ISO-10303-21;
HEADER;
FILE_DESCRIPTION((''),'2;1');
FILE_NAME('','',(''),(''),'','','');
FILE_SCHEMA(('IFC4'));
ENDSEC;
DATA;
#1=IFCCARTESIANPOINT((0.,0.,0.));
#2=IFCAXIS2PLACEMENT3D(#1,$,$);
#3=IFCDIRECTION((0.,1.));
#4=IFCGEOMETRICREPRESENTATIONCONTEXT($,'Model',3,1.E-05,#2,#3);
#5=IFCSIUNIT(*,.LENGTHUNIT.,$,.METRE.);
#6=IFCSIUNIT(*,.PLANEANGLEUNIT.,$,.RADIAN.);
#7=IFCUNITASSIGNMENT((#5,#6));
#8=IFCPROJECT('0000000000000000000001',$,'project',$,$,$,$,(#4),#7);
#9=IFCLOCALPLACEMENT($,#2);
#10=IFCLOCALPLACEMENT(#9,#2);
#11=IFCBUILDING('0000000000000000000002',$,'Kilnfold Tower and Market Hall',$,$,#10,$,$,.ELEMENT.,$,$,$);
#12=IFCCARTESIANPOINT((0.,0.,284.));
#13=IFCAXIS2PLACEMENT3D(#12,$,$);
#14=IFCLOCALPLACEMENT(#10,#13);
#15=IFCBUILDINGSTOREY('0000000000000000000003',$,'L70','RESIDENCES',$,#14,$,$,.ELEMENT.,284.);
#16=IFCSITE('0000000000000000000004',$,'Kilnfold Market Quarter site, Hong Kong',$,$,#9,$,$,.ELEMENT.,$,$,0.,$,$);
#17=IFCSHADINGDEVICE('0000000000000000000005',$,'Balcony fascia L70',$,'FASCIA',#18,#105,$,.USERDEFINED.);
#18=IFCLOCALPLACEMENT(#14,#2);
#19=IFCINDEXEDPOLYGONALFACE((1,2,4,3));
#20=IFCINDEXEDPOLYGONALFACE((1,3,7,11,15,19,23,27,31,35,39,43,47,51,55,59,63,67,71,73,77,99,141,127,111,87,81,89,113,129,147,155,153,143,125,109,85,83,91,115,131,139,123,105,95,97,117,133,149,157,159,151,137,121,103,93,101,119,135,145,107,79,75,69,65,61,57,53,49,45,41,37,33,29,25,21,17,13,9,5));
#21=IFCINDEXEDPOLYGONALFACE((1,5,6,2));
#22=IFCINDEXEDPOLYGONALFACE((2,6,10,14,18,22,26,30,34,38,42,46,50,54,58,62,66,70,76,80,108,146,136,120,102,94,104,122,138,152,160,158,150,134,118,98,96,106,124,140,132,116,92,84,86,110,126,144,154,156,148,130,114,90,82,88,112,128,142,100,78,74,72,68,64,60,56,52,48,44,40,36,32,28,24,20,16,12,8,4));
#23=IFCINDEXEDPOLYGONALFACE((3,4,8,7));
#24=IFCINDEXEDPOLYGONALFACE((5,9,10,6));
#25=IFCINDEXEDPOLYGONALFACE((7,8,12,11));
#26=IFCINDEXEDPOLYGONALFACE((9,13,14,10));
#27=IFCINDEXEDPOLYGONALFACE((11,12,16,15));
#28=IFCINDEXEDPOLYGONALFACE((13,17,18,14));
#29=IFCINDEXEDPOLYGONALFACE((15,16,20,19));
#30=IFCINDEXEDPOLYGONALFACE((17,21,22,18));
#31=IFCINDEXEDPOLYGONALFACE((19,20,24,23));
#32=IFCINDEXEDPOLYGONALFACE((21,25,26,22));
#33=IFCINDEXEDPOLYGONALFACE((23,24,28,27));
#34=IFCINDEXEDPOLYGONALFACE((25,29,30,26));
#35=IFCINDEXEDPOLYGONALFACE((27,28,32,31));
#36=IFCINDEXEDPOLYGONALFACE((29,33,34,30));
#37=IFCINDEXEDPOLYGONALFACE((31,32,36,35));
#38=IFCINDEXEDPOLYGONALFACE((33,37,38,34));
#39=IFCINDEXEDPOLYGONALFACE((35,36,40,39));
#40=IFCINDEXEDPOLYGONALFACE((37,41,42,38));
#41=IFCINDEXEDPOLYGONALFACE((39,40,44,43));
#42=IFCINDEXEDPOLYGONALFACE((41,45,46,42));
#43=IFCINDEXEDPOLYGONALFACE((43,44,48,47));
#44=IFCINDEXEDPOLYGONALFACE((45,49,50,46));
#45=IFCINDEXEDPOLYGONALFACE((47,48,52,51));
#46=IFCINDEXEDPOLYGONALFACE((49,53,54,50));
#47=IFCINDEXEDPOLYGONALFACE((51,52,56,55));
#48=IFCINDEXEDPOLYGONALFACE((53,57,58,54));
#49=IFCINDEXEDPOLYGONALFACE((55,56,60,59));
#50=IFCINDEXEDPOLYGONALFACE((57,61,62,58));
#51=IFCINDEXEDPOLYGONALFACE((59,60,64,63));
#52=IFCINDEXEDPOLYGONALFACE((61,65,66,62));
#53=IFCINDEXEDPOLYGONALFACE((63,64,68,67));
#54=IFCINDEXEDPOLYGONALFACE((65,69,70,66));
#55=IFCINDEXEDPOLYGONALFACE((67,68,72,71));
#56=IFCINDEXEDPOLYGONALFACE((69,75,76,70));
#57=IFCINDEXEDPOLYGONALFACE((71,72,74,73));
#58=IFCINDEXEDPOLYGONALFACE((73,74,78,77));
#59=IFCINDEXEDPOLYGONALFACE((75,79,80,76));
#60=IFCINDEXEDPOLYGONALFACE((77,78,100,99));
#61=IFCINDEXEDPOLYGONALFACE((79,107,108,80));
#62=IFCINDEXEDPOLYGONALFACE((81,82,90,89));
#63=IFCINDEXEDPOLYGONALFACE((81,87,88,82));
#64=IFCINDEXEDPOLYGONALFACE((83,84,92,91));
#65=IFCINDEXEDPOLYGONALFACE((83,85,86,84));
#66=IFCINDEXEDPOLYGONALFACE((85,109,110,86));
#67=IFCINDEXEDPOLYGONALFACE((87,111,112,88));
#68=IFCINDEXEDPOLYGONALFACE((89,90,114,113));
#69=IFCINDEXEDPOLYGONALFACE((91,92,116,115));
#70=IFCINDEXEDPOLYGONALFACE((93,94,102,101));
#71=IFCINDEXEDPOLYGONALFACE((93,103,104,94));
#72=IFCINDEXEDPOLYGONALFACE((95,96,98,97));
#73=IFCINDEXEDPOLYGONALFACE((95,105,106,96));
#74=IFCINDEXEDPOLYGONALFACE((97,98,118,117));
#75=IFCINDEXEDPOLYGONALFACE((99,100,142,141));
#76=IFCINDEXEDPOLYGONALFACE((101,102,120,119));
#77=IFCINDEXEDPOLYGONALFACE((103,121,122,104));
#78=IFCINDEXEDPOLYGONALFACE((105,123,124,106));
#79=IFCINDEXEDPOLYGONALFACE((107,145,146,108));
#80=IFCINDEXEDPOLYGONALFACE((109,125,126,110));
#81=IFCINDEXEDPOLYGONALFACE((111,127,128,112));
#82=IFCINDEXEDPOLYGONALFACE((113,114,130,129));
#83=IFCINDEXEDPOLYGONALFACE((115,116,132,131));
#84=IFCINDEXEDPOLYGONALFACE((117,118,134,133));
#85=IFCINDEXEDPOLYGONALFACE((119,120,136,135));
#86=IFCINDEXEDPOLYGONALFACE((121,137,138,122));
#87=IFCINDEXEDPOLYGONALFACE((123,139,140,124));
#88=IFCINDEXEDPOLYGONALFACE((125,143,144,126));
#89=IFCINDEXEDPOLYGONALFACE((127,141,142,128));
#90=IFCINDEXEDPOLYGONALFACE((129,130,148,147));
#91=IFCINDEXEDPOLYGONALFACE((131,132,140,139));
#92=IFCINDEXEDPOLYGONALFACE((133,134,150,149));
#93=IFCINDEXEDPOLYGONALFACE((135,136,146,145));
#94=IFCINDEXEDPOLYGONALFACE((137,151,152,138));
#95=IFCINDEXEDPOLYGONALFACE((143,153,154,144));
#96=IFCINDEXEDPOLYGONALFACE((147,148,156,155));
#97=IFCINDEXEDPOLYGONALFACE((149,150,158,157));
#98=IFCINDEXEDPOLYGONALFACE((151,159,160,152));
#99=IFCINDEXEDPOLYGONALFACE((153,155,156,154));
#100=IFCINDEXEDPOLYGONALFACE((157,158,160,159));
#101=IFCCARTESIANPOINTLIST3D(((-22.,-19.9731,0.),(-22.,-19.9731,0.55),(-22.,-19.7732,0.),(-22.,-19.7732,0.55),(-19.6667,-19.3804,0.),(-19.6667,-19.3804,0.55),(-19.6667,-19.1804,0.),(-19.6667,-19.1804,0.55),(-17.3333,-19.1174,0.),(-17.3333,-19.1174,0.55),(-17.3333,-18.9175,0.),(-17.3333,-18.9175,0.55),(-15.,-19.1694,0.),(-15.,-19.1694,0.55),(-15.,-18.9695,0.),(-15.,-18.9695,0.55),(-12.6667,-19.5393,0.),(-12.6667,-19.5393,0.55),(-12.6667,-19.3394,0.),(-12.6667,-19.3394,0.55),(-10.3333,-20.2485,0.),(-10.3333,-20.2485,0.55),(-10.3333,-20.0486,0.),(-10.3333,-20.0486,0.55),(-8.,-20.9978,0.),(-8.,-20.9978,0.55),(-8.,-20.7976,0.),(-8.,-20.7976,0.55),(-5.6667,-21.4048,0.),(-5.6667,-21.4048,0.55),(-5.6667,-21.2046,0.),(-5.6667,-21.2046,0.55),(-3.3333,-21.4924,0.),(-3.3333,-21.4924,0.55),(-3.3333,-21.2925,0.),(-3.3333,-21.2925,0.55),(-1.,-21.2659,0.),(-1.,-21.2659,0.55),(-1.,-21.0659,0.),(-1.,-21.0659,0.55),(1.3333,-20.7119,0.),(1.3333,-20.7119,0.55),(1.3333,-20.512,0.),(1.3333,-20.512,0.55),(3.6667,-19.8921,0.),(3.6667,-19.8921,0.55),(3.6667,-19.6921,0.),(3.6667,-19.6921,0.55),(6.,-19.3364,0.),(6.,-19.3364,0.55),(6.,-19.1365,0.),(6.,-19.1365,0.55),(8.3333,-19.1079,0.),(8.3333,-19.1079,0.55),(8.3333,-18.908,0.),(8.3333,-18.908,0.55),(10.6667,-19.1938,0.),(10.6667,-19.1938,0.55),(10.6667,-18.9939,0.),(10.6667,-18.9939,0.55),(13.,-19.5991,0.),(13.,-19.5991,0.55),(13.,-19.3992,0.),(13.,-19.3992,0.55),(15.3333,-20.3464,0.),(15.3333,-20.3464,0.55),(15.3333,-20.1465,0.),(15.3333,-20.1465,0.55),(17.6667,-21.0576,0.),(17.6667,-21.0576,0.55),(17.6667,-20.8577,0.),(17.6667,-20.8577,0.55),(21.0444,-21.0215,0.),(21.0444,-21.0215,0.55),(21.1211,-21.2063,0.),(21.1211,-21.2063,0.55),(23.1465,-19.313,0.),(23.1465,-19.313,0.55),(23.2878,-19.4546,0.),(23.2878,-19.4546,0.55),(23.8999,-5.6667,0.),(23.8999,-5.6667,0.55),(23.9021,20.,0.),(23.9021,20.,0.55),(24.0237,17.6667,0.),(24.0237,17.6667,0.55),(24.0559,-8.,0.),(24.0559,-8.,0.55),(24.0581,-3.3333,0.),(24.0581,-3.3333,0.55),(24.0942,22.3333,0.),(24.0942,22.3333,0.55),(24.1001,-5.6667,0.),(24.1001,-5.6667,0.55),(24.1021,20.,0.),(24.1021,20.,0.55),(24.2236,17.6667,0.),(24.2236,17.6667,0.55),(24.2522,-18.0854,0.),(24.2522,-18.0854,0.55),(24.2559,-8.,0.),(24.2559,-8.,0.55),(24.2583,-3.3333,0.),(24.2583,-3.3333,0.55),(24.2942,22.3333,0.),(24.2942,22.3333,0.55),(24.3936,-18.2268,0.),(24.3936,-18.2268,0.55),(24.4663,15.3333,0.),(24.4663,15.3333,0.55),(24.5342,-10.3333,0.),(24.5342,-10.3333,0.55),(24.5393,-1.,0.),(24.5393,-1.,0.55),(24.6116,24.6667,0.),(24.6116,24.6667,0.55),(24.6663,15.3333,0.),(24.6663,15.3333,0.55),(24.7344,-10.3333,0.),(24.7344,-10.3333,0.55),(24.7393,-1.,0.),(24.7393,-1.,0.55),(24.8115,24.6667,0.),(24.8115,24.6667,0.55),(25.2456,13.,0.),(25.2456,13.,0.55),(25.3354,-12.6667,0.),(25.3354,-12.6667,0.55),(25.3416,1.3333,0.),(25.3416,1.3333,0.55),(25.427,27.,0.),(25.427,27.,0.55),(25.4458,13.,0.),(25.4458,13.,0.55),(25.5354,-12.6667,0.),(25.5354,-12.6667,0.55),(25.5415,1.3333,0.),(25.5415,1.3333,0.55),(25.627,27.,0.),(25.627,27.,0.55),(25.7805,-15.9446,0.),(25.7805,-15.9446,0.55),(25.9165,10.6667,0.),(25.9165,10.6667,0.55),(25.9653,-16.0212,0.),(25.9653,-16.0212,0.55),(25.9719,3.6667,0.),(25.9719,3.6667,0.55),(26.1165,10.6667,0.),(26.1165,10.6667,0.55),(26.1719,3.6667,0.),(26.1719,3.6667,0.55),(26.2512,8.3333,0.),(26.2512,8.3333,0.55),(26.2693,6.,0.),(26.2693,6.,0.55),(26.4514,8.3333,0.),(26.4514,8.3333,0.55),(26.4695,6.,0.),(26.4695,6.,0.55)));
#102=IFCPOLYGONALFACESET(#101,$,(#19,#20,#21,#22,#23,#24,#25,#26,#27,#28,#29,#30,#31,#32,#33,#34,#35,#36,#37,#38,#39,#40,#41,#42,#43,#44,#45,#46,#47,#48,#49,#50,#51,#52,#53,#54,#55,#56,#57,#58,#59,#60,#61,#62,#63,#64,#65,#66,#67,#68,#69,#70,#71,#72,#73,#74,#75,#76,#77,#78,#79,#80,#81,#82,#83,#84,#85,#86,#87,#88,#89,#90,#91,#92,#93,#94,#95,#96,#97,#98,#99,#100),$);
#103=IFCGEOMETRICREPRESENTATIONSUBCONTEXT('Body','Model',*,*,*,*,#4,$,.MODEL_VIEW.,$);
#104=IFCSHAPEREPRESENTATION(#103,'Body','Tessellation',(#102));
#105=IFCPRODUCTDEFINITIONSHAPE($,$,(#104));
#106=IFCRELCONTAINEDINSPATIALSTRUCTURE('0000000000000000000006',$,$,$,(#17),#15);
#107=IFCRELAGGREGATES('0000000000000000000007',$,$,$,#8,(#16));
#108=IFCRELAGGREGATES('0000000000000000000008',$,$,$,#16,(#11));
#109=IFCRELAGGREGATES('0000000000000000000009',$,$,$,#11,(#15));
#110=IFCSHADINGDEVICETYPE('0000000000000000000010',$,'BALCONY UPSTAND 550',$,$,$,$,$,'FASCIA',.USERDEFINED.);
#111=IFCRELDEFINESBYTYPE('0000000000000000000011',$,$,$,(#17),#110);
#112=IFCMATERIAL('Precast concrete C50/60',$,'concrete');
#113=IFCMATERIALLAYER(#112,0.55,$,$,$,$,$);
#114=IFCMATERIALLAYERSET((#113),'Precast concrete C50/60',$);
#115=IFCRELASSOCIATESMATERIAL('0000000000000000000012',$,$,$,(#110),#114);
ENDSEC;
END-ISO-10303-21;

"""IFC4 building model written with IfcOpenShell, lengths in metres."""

from ifc_helpers import new_model, si_unit, direction, frame, origin, place, context, subcontext, project, spatial, polyline, outline, extrude, source, transform, mapped, material, layer, layer_set, type_object, element, save


model = new_model("IFC4")

# Units and contexts
model_context = context("Model", 3, precision=1e-05, world=origin(), true_north=direction((0.0, 1.0)))
body_context = subcontext(model_context, "Body", "Model", "MODEL_VIEW")
ifc_project = project(units=[si_unit("LENGTHUNIT", "METRE"), si_unit("PLANEANGLEUNIT", "RADIAN")], contexts=[model_context])

# Site, building, storey
site_placement = place(None, origin())
site = spatial("IfcSite", under=ifc_project, at=site_placement, Name="Kilnfold Market Quarter site, Hong Kong", CompositionType="ELEMENT", RefElevation=0.0)
building_placement = place(site_placement, origin())
building = spatial("IfcBuilding", under=site, at=building_placement, Name="Kilnfold Tower and Market Hall", CompositionType="ELEMENT")
storey_placement = place(building_placement, frame((0.0, 0.0, 284.0)))
storey = spatial("IfcBuildingStorey", under=building, at=storey_placement, Name="L70", Description="RESIDENCES", CompositionType="ELEMENT", Elevation=284.0)

# Shading device
ifc_material_1 = material(Name="Precast concrete C50/60", Category="concrete")
ifc_layer_1 = layer(ifc_material_1, 0.55)
ifc_layer_set_1 = layer_set([ifc_layer_1], Name="Precast concrete C50/60")
shading_device_type_1 = type_object("IfcShadingDeviceType", Name="BALCONY UPSTAND 550", ElementType="FASCIA", PredefinedType="USERDEFINED", material=ifc_layer_set_1)
shared_shape_1 = source(origin(), body_context, "Body", "SweptSolid", [
    extrude(outline(polyline([(-22.0, -19.9731), (-19.6667, -19.3804), (-17.3333, -19.1174), (-15.0, -19.1694), (-12.6667, -19.5393), (-10.3333, -20.2485), (-8.0, -20.9978), (-5.6667, -21.4048), (-3.3333, -21.4924), (-1.0, -21.2659), (1.3333, -20.7119), (3.6667, -19.8921), (6.0, -19.3364), (8.3333, -19.1079), (10.6667, -19.1938), (13.0, -19.5991), (15.3333, -20.3464), (17.6667, -21.0576), (21.1211, -21.2063), (23.2878, -19.4546), (24.3936, -18.2268), (25.9653, -16.0212), (25.5354, -12.6667), (24.7344, -10.3333), (24.2559, -8.0), (24.1001, -5.6667), (24.2583, -3.3333), (24.7393, -1.0), (25.5415, 1.3333), (26.1719, 3.6667), (26.4695, 6.0), (26.4514, 8.3333), (26.1165, 10.6667), (25.4458, 13.0), (24.6663, 15.3333), (24.2236, 17.6667), (24.1021, 20.0), (24.2942, 22.3333), (24.8115, 24.6667), (25.627, 27.0), (25.427, 27.0), (24.6116, 24.6667), (24.0942, 22.3333), (23.9021, 20.0), (24.0237, 17.6667), (24.4663, 15.3333), (25.2456, 13.0), (25.9165, 10.6667), (26.2512, 8.3333), (26.2693, 6.0), (25.9719, 3.6667), (25.3416, 1.3333), (24.5393, -1.0), (24.0581, -3.3333), (23.8999, -5.6667), (24.0559, -8.0), (24.5342, -10.3333), (25.3354, -12.6667), (25.7805, -15.9446), (24.2522, -18.0854), (23.1465, -19.313), (21.0444, -21.0215), (17.6667, -20.8577), (15.3333, -20.1465), (13.0, -19.3992), (10.6667, -18.9939), (8.3333, -18.908), (6.0, -19.1365), (3.6667, -19.6921), (1.3333, -20.512), (-1.0, -21.0659), (-3.3333, -21.2925), (-5.6667, -21.2046), (-8.0, -20.7976), (-10.3333, -20.0486), (-12.6667, -19.3394), (-15.0, -18.9695), (-17.3333, -18.9175), (-19.6667, -19.1804), (-22.0, -19.7732), (-22.0, -19.9731)])), origin(), (0.0, 0.0, 1.0), 0.55),
])
shading_device_1_placement = place(storey_placement, origin())
element("IfcShadingDevice", 1, at=shading_device_1_placement, inside=storey, type_object=shading_device_type_1, Name="Balcony fascia L70", ObjectType="FASCIA", PredefinedType="USERDEFINED", context=body_context, shape_type="MappedRepresentation", body=[
    mapped(shared_shape_1, transform((0.0, 0.0, 0.0))),
])

save(model, "model.ifc")
